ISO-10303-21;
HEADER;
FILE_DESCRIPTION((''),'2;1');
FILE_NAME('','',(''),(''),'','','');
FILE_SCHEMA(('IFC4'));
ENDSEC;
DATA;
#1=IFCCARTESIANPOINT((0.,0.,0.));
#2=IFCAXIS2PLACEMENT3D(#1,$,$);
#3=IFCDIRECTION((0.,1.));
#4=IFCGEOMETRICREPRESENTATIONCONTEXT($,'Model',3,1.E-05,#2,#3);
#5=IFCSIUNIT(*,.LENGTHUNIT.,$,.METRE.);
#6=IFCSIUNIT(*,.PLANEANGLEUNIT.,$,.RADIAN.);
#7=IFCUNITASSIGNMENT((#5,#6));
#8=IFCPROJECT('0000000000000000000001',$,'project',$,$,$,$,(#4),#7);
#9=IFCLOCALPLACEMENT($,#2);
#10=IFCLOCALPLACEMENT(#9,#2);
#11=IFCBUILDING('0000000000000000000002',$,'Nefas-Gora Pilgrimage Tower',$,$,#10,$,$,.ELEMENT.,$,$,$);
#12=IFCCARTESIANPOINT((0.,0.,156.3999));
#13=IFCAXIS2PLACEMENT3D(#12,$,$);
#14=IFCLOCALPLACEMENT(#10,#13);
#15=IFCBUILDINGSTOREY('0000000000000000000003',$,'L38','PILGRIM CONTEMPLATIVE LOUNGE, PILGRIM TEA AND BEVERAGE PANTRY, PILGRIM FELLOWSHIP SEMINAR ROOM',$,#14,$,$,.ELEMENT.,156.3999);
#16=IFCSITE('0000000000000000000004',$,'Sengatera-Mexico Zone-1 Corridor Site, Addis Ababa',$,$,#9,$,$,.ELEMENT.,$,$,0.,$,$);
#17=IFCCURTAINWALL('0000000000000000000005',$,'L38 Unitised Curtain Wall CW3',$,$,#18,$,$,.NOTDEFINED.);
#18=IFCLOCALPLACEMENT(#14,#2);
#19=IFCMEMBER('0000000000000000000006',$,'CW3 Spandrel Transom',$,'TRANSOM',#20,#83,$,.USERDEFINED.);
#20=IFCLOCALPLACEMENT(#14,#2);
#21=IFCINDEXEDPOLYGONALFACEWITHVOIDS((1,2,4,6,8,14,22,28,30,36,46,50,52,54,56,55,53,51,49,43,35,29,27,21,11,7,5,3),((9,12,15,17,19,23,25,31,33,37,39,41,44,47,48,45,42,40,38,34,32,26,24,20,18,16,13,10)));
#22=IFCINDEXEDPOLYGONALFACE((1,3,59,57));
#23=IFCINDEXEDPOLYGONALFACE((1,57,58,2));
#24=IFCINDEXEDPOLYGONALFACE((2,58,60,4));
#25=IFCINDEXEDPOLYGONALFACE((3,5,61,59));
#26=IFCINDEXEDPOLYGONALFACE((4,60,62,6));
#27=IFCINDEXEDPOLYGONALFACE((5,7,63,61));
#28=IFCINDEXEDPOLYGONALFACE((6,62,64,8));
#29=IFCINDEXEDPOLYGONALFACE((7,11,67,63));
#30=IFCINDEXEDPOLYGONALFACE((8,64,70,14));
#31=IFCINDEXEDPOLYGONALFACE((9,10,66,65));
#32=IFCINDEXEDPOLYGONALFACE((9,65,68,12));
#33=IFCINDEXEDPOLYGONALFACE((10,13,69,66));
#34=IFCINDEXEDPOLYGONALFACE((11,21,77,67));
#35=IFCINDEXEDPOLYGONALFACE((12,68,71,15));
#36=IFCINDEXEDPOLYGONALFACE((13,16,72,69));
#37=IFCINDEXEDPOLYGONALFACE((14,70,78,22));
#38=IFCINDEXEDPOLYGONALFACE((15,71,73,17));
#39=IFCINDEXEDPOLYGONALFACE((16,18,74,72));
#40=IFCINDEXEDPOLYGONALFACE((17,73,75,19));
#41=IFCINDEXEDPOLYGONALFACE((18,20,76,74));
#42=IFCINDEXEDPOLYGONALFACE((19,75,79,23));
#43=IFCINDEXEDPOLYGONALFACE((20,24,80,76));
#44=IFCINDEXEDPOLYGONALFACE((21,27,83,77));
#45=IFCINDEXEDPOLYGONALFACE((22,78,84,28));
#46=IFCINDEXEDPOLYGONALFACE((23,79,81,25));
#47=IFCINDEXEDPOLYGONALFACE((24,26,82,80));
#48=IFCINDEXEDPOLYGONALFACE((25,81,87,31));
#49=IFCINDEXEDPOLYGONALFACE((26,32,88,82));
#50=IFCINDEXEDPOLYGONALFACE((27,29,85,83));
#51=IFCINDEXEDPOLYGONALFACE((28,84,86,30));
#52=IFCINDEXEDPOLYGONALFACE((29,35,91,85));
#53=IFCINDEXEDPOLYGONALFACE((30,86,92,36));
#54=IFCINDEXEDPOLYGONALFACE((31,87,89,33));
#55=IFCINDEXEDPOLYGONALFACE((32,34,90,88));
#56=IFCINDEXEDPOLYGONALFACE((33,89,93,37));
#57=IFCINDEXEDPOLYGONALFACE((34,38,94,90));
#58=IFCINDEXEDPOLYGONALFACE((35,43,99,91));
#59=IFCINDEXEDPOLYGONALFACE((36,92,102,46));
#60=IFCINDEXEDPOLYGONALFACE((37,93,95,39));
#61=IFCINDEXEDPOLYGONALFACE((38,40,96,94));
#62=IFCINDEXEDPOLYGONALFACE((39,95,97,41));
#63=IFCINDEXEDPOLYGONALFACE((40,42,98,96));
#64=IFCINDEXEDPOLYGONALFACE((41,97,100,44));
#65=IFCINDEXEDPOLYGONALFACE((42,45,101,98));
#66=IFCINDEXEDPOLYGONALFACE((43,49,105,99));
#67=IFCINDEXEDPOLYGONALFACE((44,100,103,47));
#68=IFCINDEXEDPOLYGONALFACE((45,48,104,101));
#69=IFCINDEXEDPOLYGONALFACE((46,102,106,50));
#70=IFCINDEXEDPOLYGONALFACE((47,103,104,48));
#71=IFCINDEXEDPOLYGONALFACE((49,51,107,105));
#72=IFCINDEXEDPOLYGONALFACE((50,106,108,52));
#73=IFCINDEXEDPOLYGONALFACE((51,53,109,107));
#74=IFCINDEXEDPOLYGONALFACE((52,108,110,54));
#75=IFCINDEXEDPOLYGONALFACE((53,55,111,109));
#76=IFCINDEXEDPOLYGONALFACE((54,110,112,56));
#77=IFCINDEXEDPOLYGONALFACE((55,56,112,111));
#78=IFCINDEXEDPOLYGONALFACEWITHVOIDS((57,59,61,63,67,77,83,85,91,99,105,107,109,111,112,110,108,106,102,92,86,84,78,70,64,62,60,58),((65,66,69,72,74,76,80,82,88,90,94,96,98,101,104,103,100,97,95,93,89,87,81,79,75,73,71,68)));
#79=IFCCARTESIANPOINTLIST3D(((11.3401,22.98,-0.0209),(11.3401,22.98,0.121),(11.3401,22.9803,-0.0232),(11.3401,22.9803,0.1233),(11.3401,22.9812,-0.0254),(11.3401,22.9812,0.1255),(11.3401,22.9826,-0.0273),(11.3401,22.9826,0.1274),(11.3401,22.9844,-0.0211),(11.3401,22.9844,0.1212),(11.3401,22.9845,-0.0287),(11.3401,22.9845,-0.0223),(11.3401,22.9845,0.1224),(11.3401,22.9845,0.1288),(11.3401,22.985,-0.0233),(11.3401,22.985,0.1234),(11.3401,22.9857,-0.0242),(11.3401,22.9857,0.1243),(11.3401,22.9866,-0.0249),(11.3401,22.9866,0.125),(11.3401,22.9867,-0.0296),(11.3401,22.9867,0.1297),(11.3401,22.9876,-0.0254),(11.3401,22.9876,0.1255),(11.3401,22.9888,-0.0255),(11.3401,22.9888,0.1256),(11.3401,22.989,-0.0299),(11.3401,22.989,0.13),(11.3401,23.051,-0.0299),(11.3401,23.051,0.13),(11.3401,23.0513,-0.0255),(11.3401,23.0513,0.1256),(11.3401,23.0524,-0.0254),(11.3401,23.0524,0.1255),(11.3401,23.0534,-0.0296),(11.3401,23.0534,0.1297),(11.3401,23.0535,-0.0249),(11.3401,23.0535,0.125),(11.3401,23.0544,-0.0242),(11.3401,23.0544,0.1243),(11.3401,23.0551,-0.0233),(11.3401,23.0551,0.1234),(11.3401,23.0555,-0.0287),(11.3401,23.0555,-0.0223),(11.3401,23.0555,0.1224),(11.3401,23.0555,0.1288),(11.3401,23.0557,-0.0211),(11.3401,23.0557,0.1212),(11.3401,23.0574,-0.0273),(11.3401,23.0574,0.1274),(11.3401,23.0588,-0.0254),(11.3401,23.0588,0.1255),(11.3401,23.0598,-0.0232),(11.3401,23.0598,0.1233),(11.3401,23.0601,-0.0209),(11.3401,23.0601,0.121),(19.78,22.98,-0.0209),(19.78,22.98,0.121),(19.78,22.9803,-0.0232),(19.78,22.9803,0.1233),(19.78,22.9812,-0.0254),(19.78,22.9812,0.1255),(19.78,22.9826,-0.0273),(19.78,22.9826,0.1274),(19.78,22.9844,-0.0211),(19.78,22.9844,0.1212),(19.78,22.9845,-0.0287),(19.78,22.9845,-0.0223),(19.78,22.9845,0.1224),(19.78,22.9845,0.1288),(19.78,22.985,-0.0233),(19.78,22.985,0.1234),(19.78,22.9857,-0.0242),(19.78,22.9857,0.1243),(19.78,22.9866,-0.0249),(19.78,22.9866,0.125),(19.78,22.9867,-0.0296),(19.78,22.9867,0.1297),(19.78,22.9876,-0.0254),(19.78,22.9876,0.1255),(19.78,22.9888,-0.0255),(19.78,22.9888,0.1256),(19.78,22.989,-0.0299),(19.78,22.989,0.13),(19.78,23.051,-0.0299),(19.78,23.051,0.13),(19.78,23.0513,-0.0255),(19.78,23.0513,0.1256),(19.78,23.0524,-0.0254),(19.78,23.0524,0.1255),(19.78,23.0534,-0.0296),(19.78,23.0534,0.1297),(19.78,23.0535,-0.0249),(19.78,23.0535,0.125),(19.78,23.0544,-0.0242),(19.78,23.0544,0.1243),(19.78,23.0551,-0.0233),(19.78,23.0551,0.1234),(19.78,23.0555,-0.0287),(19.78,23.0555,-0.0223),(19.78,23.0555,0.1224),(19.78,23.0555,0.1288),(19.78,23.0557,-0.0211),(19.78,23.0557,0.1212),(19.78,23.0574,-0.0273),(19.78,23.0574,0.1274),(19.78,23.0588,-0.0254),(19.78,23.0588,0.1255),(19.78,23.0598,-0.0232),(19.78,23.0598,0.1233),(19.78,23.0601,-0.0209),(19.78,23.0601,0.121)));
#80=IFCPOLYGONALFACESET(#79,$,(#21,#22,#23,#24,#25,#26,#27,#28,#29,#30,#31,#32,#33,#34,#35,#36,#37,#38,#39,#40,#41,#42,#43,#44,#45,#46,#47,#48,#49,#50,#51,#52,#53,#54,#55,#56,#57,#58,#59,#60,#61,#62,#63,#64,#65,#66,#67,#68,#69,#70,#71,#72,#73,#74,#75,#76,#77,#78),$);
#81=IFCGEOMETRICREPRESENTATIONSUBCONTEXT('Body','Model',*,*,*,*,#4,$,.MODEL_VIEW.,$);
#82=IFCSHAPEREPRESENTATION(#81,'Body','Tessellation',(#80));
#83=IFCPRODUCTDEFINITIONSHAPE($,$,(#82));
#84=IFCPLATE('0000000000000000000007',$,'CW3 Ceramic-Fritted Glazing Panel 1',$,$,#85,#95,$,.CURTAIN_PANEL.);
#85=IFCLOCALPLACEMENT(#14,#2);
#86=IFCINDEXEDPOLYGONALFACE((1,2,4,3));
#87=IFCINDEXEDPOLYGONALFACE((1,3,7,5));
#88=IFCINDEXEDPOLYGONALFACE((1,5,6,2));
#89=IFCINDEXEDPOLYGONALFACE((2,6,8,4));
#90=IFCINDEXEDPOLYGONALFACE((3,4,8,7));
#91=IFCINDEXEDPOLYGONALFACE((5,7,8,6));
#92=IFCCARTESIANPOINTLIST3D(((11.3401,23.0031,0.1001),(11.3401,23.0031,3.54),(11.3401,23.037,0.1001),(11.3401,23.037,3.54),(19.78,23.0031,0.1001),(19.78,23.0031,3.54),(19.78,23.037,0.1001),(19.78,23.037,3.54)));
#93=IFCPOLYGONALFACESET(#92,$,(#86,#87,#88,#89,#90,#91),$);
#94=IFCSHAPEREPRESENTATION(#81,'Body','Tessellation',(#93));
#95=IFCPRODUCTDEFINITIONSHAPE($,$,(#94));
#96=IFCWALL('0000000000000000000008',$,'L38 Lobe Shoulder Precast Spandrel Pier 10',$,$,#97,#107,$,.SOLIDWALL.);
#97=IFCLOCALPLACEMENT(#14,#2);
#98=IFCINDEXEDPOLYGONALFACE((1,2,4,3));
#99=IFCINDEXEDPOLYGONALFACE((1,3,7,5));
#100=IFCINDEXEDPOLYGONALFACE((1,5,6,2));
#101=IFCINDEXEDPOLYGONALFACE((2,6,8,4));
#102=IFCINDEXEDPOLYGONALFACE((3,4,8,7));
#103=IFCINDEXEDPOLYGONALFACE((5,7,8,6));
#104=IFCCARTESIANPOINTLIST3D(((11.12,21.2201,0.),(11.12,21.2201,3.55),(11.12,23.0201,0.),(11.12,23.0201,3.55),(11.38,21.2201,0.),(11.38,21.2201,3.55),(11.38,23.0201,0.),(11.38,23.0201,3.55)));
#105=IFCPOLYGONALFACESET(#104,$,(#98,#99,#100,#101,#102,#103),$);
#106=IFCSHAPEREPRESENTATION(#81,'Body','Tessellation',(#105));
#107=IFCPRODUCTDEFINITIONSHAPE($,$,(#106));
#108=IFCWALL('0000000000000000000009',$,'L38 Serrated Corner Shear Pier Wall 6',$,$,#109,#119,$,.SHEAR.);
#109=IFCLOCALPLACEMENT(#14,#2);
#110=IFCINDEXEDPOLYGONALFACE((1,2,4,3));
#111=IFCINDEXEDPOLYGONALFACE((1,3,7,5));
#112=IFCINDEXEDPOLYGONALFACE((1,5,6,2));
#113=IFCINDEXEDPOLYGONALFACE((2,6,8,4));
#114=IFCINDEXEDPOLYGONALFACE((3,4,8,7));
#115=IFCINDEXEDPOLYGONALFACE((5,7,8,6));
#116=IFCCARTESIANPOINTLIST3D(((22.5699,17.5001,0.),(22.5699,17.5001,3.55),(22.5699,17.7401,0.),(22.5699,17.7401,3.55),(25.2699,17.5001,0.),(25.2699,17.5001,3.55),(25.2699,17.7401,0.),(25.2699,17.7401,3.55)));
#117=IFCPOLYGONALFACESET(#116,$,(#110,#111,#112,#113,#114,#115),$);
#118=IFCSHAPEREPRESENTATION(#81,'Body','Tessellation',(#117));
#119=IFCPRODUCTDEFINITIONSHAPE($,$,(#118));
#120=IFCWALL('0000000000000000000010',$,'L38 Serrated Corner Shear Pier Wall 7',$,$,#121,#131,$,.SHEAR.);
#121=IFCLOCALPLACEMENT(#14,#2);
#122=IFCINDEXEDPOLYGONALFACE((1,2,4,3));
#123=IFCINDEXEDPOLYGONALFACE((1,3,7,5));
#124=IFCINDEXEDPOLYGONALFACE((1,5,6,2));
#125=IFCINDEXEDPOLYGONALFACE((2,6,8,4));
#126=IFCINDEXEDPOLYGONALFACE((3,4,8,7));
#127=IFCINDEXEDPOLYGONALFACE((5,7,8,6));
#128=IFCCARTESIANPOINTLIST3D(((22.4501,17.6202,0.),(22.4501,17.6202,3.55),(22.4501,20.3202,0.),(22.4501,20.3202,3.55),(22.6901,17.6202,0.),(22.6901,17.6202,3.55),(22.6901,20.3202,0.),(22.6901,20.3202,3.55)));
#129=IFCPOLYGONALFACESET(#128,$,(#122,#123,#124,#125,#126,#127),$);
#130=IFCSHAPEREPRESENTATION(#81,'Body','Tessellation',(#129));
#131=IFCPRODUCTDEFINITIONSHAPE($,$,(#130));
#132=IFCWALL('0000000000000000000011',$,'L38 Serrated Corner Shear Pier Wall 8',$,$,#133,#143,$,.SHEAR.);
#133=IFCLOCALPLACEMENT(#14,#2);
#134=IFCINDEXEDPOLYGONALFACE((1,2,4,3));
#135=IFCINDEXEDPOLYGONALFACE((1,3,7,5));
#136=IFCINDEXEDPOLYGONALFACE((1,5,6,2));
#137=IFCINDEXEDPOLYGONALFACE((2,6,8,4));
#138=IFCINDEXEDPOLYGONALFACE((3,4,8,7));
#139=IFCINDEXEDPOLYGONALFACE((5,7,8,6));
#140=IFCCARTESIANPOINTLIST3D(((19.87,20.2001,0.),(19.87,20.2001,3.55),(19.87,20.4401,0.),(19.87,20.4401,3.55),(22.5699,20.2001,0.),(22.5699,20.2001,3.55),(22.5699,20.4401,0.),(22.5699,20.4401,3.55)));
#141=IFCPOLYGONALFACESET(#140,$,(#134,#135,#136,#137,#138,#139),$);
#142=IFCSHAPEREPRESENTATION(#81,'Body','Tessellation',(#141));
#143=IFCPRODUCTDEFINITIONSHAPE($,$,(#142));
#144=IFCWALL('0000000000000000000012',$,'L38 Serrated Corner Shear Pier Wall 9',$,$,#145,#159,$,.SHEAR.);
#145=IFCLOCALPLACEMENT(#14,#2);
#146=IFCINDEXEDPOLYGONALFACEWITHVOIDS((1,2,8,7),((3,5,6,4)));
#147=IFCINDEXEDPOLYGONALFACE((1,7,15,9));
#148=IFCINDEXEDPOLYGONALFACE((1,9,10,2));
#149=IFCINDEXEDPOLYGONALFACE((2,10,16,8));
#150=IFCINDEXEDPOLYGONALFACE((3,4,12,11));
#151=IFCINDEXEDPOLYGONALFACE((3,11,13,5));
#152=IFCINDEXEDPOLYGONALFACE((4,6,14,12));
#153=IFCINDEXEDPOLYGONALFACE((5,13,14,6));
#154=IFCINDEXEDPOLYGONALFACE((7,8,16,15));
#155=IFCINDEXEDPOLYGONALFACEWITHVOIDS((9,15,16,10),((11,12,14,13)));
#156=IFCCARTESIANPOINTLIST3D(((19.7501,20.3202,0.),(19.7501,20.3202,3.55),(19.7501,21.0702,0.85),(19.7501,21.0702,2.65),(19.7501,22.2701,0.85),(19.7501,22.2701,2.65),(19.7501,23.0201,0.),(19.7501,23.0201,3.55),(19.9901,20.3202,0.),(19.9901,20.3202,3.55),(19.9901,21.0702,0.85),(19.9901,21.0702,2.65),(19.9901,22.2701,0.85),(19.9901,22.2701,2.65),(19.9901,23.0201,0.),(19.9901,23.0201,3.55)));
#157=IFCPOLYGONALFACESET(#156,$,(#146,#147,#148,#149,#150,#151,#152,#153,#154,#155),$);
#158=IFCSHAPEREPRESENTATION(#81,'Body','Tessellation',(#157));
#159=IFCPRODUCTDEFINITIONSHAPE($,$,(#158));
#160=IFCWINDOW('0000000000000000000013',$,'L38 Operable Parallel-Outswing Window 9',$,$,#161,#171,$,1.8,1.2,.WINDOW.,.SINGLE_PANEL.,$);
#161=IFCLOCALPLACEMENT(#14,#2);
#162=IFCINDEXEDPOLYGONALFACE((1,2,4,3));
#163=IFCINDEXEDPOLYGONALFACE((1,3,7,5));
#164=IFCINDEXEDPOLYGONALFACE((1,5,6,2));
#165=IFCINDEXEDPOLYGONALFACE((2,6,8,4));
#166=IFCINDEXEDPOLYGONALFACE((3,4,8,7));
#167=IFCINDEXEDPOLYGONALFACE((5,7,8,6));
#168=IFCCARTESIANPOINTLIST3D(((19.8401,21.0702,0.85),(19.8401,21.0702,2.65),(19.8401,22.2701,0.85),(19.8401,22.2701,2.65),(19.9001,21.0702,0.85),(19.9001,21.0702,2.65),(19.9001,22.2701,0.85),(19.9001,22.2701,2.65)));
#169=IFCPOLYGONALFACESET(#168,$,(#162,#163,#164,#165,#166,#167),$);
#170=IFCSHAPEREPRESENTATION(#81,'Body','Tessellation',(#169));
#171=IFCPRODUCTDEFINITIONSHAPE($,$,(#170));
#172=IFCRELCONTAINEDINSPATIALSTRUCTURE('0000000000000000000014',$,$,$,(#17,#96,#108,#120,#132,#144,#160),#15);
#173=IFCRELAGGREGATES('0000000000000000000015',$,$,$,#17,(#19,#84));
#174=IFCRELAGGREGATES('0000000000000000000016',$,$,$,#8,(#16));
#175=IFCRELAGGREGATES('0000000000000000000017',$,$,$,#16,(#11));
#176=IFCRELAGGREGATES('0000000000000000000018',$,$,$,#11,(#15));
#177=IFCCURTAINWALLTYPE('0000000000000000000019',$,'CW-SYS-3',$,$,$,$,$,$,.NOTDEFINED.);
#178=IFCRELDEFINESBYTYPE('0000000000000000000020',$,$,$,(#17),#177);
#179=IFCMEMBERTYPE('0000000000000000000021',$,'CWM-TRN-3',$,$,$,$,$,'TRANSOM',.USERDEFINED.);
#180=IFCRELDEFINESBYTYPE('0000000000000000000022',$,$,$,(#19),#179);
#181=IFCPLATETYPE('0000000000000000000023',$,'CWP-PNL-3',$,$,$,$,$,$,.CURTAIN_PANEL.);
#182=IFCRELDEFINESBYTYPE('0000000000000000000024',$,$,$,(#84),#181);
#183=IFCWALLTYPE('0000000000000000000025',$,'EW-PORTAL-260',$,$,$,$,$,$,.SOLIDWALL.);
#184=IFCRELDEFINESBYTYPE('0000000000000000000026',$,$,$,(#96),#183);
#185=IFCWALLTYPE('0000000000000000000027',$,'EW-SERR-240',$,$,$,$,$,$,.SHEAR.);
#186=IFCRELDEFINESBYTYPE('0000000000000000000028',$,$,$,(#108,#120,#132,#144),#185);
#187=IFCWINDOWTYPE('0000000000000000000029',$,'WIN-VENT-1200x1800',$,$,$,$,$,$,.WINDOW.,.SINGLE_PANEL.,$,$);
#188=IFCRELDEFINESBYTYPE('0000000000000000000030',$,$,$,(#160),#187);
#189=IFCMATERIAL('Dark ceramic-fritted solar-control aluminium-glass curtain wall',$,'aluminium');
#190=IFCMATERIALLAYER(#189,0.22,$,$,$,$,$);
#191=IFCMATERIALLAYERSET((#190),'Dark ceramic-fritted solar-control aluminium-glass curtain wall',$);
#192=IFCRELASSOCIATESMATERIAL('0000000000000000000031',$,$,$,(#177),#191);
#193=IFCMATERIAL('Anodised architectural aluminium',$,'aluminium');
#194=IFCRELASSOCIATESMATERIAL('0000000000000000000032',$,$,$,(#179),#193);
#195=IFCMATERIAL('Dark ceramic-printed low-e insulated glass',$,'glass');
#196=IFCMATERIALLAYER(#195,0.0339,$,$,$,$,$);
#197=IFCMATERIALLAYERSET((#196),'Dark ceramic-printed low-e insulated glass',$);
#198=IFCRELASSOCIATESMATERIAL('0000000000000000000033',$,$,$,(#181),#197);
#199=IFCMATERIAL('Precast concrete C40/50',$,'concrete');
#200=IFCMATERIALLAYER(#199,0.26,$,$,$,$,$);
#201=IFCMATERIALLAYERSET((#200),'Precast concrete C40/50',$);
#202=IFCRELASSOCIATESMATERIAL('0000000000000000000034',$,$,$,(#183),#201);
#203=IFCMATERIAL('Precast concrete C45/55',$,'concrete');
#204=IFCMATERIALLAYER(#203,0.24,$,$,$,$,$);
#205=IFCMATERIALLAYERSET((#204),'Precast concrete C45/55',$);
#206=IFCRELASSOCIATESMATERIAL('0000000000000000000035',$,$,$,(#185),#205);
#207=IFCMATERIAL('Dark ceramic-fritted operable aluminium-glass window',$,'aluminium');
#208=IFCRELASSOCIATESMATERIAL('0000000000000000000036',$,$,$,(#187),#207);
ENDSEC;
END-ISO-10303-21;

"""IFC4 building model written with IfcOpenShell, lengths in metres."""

from ifc_helpers import new_model, si_unit, direction, frame, frame_2d, origin, origin_2d, place, context, subcontext, project, spatial, rectangle, hollow_rectangle, extrude, source, transform, mapped, material, layer, layer_set, material_profile, profile_set, type_object, element, fill, aggregate, save


model = new_model("IFC4")

# Units and contexts
model_context = context("Model", 3, precision=1e-05, world=origin(), true_north=direction((0.0, 1.0)))
body_context = subcontext(model_context, "Body", "Model", "MODEL_VIEW")
ifc_project = project(units=[si_unit("LENGTHUNIT", "METRE"), si_unit("PLANEANGLEUNIT", "RADIAN")], contexts=[model_context])

# Site, building, storey
site_placement = place(None, origin())
site = spatial("IfcSite", under=ifc_project, at=site_placement, Name="Sengatera-Mexico Zone-1 Corridor Site, Addis Ababa", CompositionType="ELEMENT", RefElevation=0.0)
building_placement = place(site_placement, origin())
building = spatial("IfcBuilding", under=site, at=building_placement, Name="Nefas-Gora Pilgrimage Tower", CompositionType="ELEMENT")
storey_placement = place(building_placement, frame((0.0, 0.0, 156.3999)))
storey = spatial("IfcBuildingStorey", under=building, at=storey_placement, Name="L38", Description="PILGRIM CONTEMPLATIVE LOUNGE, PILGRIM TEA AND BEVERAGE PANTRY, PILGRIM FELLOWSHIP SEMINAR ROOM", CompositionType="ELEMENT", Elevation=156.3999)

# Shared definitions
ifc_material_1 = material(Name="Dark ceramic-fritted solar-control aluminium-glass curtain wall", Category="aluminium")
ifc_layer_1 = layer(ifc_material_1, 0.22)
ifc_layer_set_1 = layer_set([ifc_layer_1], Name="Dark ceramic-fritted solar-control aluminium-glass curtain wall")
curtain_wall_type = type_object("IfcCurtainWallType", Name="CW-SYS-3", PredefinedType="NOTDEFINED", material=ifc_layer_set_1)
ifc_material_2 = material(Name="Anodised architectural aluminium", Category="aluminium")

# Curtain wall, member, plate
curtain_wall_1_placement = place(storey_placement, origin())
curtain_wall_1 = element("IfcCurtainWall", 1, at=curtain_wall_1_placement, inside=storey, type_object=curtain_wall_type, Name="L38 Unitised Curtain Wall CW3", PredefinedType="NOTDEFINED")
ifc_material_profile_1 = material_profile(ifc_material_2, hollow_rectangle(XDim=0.0801, YDim=0.1599, WallThickness=0.0044, InnerFilletRadius=0.0044, OuterFilletRadius=0.009, at=origin_2d()), Name="ALU TRANSOM 80x160")
ifc_profile_set_1 = profile_set([ifc_material_profile_1], Name="Anodised architectural aluminium")
member_type_1 = type_object("IfcMemberType", Name="CWM-TRN-3", ElementType="TRANSOM", PredefinedType="USERDEFINED", material=ifc_profile_set_1)
shared_shape_1 = source(origin(), body_context, "Body", "SweptSolid", [
    extrude(hollow_rectangle(XDim=0.0801, YDim=0.1599, WallThickness=0.0044, InnerFilletRadius=0.0044, OuterFilletRadius=0.009, at=origin_2d()), origin(), (0.0, 0.0, 1.0), 8.4399),
])
member_1_placement = place(storey_placement, frame((19.78, 23.02, 0.05), z_axis=(-1.0, 0.0, 0.0), x_axis=(0.0, -1.0, 0.0)))
member_1 = element("IfcMember", 2, at=member_1_placement, type_object=member_type_1, Name="CW3 Spandrel Transom", ObjectType="TRANSOM", PredefinedType="USERDEFINED", context=body_context, shape_type="MappedRepresentation", body=[
    mapped(shared_shape_1, transform((0.0, 0.0, 0.0), x_axis=(1.0, 0.0, 0.0), y_axis=(0.0, 1.0, 0.0), z_axis=(0.0, 0.0, 1.0), scale=1.0)),
])
ifc_material_3 = material(Name="Dark ceramic-printed low-e insulated glass", Category="glass")
ifc_layer_2 = layer(ifc_material_3, 0.0339)
ifc_layer_set_2 = layer_set([ifc_layer_2], Name="Dark ceramic-printed low-e insulated glass")
plate_type = type_object("IfcPlateType", Name="CWP-PNL-3", PredefinedType="CURTAIN_PANEL", material=ifc_layer_set_2)
shared_shape_2 = source(origin(), body_context, "Body", "SweptSolid", [
    extrude(rectangle(XDim=8.4399, YDim=0.0339, at=origin_2d()), origin(), (0.0, 0.0, 1.0), 3.4399),
])
plate_placement = place(storey_placement, frame((15.5601, 23.02, 0.1001), z_axis=(0.0, 0.0, 1.0), x_axis=(-1.0, 0.0, 0.0)))
plate = element("IfcPlate", 3, at=plate_placement, type_object=plate_type, Name="CW3 Ceramic-Fritted Glazing Panel 1", PredefinedType="CURTAIN_PANEL", context=body_context, shape_type="MappedRepresentation", body=[
    mapped(shared_shape_2, transform((0.0, 0.0, 0.0), x_axis=(1.0, 0.0, 0.0), y_axis=(0.0, 1.0, 0.0), z_axis=(0.0, 0.0, 1.0), scale=1.0)),
])
aggregate(curtain_wall_1, [member_1, plate])

# Walls
ifc_material_4 = material(Name="Precast concrete C40/50", Category="concrete")
ifc_layer_3 = layer(ifc_material_4, 0.26)
ifc_layer_set_3 = layer_set([ifc_layer_3], Name="Precast concrete C40/50")
wall_type_1 = type_object("IfcWallType", Name="EW-PORTAL-260", PredefinedType="SOLIDWALL", material=ifc_layer_set_3)
shared_shape_3 = source(origin(), body_context, "Body", "SweptSolid", [
    extrude(rectangle(XDim=1.8, YDim=0.26, at=frame_2d((0.8999, 0.0))), origin(), (0.0, 0.0, 1.0), 3.55),
])
wall_1_placement = place(storey_placement, frame((11.25, 23.02, 0.0), z_axis=(0.0, 0.0, 1.0), x_axis=(0.0, -1.0, 0.0)))
element("IfcWall", 4, at=wall_1_placement, inside=storey, type_object=wall_type_1, Name="L38 Lobe Shoulder Precast Spandrel Pier 10", PredefinedType="SOLIDWALL", context=body_context, shape_type="MappedRepresentation", body=[
    mapped(shared_shape_3, transform((0.0, 0.0, 0.0), x_axis=(1.0, 0.0, 0.0), y_axis=(0.0, 1.0, 0.0), z_axis=(0.0, 0.0, 1.0), scale=1.0)),
])
ifc_material_5 = material(Name="Precast concrete C45/55", Category="concrete")
ifc_layer_4 = layer(ifc_material_5, 0.24)
ifc_layer_set_4 = layer_set([ifc_layer_4], Name="Precast concrete C45/55")
wall_type_2 = type_object("IfcWallType", Name="EW-SERR-240", PredefinedType="SHEAR", material=ifc_layer_set_4)
shared_shape_4 = source(origin(), body_context, "Body", "SweptSolid", [
    extrude(rectangle(XDim=2.7, YDim=0.24, at=frame_2d((1.3501, 0.0))), origin(), (0.0, 0.0, 1.0), 3.55),
])
for number, where, z_axis, x_axis, name in (
    (5, (25.27, 17.6201, 0.0), (0.0, 0.0, 1.0), (-1.0, 0.0, 0.0), "L38 Serrated Corner Shear Pier Wall 6"),
    (6, (22.5701, 17.6201, 0.0), (0.0, 0.0, 1.0), (0.0, 1.0, 0.0), "L38 Serrated Corner Shear Pier Wall 7"),
    (7, (22.5701, 20.3201, 0.0), (0.0, 0.0, 1.0), (-1.0, 0.0, 0.0), "L38 Serrated Corner Shear Pier Wall 8"),
):
    element("IfcWall", number, at=place(storey_placement, frame(where, z_axis=z_axis, x_axis=x_axis)), inside=storey, type_object=wall_type_2, Name=name, PredefinedType="SHEAR", context=body_context, shape_type="MappedRepresentation", body=[
        mapped(shared_shape_4, transform((0.0, 0.0, 0.0), x_axis=(1.0, 0.0, 0.0), y_axis=(0.0, 1.0, 0.0), z_axis=(0.0, 0.0, 1.0), scale=1.0)),
    ])

# Wall, opening, window
wall_2_placement = place(storey_placement, frame((19.8701, 20.3201, 0.0), z_axis=(0.0, 0.0, 1.0), x_axis=(0.0, 1.0, 0.0)))
wall_2 = element("IfcWall", 8, at=wall_2_placement, inside=storey, type_object=wall_type_2, Name="L38 Serrated Corner Shear Pier Wall 9", PredefinedType="SHEAR", context=body_context, shape_type="MappedRepresentation", body=[
    mapped(shared_shape_4, transform((0.0, 0.0, 0.0), x_axis=(1.0, 0.0, 0.0), y_axis=(0.0, 1.0, 0.0), z_axis=(0.0, 0.0, 1.0), scale=1.0)),
])
opening_1_placement = place(wall_2_placement, frame((0.75, 0.0, 0.8501)))
opening_1 = element("IfcOpeningElement", 9, at=opening_1_placement, cuts=wall_2, PredefinedType="OPENING", context=body_context, shape_type="SweptSolid", body=[
    extrude(rectangle(XDim=1.2, YDim=1.8, at=frame_2d((0.6001, 0.8999))), frame((0.0, 0.1299, 0.0), z_axis=(0.0, -1.0, 0.0), x_axis=(1.0, 0.0, 0.0)), (0.0, 0.0, 1.0), 0.26),
])
ifc_material_6 = material(Name="Dark ceramic-fritted operable aluminium-glass window", Category="aluminium")
window_type = type_object("IfcWindowType", Name="WIN-VENT-1200x1800", PartitioningType="SINGLE_PANEL", PredefinedType="WINDOW", material=ifc_material_6)
shared_shape_5 = source(origin(), body_context, "Body", "SweptSolid", [
    extrude(rectangle(XDim=1.2, YDim=1.8, at=frame_2d((0.6001, 0.8999))), frame((0.0, 0.03, 0.0), z_axis=(0.0, -1.0, 0.0), x_axis=(1.0, 0.0, 0.0)), (0.0, 0.0, 1.0), 0.0601),
])
window_placement = place(opening_1_placement, origin())
window = element("IfcWindow", 10, at=window_placement, inside=storey, type_object=window_type, Name="L38 Operable Parallel-Outswing Window 9", OverallHeight=1.8, OverallWidth=1.2, PartitioningType="SINGLE_PANEL", PredefinedType="WINDOW", context=body_context, shape_type="MappedRepresentation", body=[
    mapped(shared_shape_5, transform((0.0, 0.0, 0.0), x_axis=(1.0, 0.0, 0.0), y_axis=(0.0, 1.0, 0.0), z_axis=(0.0, 0.0, 1.0), scale=1.0)),
])
fill(opening_1, window)

save(model, "model.ifc")
